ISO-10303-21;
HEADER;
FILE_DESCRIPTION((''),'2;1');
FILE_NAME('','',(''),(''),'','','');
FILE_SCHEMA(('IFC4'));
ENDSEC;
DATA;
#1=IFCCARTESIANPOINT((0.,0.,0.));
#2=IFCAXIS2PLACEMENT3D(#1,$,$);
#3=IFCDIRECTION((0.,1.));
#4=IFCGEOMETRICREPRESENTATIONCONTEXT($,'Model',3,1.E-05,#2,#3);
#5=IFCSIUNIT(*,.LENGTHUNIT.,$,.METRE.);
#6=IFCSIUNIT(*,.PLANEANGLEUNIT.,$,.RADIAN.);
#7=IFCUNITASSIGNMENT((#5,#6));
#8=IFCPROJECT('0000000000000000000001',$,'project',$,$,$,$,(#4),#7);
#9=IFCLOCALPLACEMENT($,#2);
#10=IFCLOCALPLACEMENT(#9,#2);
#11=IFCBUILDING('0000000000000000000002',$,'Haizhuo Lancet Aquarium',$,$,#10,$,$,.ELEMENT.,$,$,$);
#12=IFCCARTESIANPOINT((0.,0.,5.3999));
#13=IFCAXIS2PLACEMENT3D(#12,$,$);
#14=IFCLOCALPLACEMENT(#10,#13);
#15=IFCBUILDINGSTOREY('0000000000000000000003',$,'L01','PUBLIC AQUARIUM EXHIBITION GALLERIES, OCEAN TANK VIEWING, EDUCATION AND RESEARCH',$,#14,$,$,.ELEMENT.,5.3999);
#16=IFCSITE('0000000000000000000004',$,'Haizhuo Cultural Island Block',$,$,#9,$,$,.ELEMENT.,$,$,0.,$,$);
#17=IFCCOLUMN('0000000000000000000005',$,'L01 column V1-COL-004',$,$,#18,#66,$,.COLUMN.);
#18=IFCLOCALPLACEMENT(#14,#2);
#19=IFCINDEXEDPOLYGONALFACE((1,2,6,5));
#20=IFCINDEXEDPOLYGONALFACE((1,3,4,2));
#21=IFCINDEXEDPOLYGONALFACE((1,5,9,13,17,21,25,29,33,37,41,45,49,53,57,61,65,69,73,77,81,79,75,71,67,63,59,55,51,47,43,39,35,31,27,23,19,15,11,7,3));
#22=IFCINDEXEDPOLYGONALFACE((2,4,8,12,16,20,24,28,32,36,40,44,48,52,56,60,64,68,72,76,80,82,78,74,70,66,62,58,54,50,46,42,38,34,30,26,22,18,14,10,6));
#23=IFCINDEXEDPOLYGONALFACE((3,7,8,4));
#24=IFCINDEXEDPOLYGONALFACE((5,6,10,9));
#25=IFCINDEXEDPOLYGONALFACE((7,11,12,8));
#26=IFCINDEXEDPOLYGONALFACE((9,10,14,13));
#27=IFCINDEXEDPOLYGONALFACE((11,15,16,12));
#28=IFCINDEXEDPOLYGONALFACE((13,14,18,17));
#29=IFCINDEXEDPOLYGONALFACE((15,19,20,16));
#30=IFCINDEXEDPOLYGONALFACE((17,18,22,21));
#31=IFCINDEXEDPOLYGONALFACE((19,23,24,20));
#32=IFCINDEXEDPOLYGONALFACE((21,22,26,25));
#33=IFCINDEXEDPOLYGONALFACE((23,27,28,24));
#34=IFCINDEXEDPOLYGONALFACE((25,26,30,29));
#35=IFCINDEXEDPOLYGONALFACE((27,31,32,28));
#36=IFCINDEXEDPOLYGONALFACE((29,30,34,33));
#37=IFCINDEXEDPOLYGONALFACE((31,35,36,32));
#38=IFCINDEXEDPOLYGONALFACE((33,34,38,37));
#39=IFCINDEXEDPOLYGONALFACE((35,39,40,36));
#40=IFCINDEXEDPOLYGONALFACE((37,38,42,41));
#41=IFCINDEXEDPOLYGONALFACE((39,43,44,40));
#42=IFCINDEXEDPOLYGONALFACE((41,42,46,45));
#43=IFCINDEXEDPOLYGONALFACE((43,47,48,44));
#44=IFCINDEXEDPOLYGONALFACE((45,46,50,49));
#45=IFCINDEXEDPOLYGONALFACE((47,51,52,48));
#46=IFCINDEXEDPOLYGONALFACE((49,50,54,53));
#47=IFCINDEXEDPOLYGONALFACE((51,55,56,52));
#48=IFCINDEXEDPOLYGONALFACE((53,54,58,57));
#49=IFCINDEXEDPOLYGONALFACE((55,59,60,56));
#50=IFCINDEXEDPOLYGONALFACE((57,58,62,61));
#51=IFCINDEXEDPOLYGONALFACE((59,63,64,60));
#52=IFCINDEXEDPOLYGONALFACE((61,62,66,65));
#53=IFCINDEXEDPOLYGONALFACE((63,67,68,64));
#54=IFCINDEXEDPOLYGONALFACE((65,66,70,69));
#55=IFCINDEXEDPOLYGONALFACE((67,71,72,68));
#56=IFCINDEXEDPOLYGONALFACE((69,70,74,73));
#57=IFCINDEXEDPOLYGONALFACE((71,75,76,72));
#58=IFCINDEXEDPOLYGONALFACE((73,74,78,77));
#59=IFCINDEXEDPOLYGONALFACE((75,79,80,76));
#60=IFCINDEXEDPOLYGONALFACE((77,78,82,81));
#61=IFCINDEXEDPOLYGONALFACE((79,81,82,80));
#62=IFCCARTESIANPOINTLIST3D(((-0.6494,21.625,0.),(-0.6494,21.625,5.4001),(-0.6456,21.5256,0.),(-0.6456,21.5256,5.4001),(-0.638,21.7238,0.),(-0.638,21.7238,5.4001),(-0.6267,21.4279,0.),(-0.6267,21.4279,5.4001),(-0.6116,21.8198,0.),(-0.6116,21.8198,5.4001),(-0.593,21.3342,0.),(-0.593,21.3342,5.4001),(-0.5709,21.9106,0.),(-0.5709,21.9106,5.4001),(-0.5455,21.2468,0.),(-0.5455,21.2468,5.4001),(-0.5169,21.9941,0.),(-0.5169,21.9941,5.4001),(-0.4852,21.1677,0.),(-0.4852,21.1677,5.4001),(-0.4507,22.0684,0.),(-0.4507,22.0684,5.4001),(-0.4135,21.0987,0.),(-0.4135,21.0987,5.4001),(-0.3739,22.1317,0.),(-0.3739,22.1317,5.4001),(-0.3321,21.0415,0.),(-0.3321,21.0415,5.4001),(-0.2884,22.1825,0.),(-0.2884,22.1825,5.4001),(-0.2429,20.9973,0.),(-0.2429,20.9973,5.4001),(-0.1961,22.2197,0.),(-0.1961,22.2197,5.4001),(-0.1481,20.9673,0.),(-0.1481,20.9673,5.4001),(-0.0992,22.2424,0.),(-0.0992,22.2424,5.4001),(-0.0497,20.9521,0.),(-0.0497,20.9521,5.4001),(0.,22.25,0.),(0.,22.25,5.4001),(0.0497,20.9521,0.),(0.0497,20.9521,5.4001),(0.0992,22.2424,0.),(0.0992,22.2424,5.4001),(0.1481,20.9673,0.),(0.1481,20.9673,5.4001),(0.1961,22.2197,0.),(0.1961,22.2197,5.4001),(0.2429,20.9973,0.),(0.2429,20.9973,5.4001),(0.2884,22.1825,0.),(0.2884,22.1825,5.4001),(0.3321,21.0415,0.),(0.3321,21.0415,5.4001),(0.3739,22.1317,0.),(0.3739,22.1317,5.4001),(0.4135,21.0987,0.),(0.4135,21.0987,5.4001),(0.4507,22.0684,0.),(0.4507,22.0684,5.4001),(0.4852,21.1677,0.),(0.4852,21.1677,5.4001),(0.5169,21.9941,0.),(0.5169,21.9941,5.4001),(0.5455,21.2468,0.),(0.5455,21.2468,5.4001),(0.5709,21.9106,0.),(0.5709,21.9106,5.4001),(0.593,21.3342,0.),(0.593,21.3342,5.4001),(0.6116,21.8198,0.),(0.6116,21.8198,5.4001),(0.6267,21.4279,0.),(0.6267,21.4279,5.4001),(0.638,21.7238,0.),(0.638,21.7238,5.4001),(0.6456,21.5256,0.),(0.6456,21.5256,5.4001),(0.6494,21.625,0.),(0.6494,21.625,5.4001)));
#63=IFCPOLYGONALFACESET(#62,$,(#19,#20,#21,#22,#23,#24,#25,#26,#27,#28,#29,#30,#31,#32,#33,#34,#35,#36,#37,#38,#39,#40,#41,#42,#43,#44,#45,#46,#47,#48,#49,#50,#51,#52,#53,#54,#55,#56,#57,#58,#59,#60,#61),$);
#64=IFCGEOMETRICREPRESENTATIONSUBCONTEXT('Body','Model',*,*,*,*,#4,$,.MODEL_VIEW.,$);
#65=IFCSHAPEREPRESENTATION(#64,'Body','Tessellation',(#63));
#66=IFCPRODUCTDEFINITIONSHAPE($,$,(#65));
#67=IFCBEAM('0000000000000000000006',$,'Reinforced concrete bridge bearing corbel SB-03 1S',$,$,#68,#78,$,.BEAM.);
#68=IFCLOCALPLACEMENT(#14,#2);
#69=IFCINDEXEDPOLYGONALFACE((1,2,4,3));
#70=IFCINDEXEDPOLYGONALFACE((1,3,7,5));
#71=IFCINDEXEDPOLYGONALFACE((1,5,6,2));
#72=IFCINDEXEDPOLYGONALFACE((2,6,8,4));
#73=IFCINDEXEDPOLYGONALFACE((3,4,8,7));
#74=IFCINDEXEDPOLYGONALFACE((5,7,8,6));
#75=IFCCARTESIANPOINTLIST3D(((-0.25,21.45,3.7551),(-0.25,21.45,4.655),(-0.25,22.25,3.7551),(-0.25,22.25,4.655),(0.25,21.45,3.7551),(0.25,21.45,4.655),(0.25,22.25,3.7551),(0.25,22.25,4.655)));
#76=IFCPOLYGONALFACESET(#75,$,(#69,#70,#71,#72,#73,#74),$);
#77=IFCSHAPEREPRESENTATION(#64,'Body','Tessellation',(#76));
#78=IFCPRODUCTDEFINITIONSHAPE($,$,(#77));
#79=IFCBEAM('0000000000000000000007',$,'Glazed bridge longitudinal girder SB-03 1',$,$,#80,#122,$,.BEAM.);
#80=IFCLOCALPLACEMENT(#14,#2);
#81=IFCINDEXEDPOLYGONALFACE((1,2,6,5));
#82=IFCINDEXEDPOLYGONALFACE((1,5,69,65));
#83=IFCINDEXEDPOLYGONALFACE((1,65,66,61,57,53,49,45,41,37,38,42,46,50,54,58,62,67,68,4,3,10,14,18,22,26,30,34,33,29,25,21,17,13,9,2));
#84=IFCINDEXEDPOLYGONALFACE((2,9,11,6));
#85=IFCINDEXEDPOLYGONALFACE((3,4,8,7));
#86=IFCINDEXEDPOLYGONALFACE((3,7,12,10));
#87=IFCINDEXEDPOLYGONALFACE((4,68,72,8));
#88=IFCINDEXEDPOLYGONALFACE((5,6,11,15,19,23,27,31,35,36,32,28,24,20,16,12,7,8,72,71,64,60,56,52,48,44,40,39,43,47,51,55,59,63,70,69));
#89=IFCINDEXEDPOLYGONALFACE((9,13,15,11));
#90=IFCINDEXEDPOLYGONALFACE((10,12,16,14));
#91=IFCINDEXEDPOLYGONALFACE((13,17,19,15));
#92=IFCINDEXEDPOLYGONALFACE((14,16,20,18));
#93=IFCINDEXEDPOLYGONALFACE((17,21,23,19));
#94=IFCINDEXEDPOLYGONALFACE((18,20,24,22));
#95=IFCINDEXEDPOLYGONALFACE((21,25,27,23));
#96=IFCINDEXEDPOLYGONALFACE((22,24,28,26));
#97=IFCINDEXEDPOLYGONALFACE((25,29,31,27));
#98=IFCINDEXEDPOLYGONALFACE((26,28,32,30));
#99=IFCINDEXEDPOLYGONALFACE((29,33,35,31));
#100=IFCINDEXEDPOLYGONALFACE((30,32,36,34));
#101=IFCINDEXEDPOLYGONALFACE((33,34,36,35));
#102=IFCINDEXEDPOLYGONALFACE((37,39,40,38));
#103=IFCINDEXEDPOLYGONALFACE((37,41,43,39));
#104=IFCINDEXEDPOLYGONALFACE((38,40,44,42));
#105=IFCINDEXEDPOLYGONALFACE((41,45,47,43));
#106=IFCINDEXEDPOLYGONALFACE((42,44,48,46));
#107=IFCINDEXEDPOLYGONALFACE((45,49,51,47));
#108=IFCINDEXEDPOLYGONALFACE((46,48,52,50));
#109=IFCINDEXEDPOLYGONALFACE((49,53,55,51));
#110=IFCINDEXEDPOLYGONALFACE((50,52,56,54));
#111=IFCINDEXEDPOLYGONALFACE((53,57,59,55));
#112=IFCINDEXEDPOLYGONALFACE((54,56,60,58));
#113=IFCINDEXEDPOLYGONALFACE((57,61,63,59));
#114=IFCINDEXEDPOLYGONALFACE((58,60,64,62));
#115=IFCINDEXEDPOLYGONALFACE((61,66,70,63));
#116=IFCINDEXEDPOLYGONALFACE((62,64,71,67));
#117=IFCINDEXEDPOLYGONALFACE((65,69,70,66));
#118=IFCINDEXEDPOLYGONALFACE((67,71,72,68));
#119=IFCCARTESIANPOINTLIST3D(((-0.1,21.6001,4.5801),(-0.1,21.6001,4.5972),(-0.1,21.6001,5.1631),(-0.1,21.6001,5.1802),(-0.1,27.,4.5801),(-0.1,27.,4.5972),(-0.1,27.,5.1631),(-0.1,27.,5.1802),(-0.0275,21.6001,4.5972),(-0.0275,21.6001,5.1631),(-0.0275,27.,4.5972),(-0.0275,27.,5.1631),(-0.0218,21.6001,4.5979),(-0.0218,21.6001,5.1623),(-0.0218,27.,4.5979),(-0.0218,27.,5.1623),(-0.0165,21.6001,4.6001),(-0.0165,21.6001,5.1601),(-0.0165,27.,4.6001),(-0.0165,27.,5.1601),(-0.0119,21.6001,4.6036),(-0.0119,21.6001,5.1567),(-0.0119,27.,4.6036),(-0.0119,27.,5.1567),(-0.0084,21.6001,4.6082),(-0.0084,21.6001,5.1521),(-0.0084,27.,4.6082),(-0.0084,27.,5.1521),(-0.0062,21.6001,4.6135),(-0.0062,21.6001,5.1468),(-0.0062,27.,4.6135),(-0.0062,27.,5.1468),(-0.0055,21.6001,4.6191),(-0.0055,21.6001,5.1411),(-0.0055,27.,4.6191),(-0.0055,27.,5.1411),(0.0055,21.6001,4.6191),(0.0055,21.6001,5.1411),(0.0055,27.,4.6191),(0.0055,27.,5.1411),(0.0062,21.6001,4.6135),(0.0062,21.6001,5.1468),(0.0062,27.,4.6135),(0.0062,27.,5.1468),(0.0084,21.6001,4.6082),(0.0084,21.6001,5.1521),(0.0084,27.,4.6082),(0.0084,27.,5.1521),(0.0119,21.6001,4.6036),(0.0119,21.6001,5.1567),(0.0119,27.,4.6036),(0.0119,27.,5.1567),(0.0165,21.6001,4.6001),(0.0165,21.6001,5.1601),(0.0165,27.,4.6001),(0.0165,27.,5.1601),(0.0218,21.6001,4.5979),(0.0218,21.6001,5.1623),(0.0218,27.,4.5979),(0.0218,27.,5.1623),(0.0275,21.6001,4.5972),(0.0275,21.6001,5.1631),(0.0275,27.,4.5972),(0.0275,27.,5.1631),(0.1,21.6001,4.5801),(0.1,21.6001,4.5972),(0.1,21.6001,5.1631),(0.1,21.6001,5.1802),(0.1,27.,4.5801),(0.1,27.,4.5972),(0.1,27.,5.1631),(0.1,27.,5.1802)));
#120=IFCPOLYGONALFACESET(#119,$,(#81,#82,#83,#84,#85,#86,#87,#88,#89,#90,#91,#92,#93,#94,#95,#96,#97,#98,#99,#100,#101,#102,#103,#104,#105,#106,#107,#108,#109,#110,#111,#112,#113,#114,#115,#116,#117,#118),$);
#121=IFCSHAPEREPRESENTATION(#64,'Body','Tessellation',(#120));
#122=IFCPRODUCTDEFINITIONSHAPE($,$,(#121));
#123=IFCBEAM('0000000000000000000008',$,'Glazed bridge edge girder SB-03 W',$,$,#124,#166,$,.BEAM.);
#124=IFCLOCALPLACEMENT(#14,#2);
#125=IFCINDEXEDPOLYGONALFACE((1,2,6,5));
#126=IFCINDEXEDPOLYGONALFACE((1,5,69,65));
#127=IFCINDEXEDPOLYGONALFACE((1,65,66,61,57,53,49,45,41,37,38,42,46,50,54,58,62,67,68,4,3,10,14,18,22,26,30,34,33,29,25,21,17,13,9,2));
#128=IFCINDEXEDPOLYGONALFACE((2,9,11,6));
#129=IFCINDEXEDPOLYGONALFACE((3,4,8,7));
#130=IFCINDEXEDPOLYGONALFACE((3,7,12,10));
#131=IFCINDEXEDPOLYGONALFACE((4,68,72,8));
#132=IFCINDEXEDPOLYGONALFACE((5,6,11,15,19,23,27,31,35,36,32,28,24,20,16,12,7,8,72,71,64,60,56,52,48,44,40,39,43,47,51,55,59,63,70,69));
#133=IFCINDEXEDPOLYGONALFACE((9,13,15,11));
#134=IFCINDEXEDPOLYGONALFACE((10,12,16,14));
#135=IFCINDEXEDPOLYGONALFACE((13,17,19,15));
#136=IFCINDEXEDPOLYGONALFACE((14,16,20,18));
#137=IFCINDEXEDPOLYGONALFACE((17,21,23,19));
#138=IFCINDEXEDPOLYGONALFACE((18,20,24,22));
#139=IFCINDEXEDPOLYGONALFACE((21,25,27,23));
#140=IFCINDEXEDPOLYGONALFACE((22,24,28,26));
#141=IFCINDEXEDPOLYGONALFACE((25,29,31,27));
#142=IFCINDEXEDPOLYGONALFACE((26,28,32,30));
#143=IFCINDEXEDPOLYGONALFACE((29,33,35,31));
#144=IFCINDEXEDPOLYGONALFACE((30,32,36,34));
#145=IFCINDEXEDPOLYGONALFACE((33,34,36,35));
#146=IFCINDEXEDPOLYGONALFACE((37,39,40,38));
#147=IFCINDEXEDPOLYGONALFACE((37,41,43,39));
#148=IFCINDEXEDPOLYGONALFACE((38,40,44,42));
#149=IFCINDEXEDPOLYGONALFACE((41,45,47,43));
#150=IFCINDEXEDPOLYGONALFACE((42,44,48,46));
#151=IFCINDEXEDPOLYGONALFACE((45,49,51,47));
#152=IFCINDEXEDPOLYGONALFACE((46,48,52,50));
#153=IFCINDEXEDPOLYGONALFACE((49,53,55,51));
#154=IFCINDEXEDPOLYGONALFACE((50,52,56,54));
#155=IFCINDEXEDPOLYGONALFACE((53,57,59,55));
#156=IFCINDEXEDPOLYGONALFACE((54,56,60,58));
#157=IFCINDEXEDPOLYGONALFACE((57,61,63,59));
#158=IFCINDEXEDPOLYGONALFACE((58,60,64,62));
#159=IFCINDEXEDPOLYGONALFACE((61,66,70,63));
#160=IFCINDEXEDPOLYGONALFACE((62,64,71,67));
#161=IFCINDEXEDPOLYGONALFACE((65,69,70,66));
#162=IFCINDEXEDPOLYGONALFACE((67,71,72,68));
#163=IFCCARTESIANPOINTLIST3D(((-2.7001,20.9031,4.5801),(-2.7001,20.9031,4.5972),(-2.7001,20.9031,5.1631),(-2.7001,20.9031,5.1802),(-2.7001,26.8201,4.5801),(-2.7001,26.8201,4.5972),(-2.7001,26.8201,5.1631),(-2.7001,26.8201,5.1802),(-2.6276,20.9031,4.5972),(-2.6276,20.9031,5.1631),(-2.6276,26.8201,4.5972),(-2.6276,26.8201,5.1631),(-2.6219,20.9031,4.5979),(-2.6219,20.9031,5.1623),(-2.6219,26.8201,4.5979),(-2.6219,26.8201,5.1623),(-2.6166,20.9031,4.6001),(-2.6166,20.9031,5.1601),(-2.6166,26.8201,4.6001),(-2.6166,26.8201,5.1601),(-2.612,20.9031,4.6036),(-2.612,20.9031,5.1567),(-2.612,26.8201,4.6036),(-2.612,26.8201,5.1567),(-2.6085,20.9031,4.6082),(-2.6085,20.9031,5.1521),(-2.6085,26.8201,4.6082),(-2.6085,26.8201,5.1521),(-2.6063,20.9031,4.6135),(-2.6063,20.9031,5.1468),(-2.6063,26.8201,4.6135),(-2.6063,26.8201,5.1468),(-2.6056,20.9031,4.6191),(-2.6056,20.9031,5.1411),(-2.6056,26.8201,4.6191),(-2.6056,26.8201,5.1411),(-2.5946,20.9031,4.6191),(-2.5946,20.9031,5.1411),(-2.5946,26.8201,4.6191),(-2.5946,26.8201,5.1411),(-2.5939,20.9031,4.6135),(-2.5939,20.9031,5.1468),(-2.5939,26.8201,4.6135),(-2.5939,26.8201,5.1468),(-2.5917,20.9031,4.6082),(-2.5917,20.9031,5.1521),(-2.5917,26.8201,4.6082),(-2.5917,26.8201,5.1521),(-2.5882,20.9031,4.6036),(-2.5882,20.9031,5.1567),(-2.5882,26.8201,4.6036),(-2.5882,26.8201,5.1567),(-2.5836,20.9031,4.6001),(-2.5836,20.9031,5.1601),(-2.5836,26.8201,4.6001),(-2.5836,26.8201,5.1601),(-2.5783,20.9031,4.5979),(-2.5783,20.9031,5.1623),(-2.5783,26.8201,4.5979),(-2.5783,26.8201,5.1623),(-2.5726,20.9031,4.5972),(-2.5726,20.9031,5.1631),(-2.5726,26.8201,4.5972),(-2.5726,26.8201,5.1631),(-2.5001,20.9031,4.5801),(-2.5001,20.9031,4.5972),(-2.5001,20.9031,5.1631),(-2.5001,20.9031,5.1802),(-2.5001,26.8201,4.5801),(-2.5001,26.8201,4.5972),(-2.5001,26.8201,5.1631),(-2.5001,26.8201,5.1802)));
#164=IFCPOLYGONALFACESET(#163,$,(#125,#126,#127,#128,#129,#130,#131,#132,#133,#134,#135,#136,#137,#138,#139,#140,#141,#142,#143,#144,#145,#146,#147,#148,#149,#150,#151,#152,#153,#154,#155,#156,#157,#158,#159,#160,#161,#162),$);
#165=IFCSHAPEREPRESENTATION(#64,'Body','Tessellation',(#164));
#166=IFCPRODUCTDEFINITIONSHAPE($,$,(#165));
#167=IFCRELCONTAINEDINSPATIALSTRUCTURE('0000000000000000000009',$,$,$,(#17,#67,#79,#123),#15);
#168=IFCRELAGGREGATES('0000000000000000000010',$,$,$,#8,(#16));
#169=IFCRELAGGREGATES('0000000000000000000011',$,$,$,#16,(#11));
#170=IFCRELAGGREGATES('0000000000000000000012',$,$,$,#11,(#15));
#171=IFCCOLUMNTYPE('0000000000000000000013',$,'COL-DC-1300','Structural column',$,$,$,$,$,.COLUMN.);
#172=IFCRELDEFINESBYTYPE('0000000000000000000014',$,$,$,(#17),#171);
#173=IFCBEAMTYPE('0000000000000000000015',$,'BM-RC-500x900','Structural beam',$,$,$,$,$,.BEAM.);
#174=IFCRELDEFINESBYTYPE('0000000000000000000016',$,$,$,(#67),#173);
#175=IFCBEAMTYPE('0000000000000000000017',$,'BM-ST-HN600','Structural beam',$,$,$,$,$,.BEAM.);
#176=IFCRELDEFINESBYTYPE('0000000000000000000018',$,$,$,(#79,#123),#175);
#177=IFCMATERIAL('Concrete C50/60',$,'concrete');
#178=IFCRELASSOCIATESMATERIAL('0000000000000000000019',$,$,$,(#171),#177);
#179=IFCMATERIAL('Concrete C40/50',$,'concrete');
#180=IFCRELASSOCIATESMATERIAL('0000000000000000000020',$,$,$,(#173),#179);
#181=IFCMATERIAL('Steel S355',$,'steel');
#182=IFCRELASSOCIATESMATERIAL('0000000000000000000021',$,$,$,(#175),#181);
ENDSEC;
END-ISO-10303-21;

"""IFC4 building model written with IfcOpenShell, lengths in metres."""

from ifc_helpers import new_model, si_unit, direction, frame, origin, origin_2d, place, context, subcontext, project, spatial, rectangle, circle, i_section, extrude, material, material_profile, profile_set, type_object, element, save


model = new_model("IFC4")

# Units and contexts
model_context = context("Model", 3, precision=1e-05, world=origin(), true_north=direction((0.0, 1.0)))
body_context = subcontext(model_context, "Body", "Model", "MODEL_VIEW")
ifc_project = project(units=[si_unit("LENGTHUNIT", "METRE"), si_unit("PLANEANGLEUNIT", "RADIAN")], contexts=[model_context])

# Site, building, storey
site_placement = place(None, origin())
site = spatial("IfcSite", under=ifc_project, at=site_placement, Name="Haizhuo Cultural Island Block", CompositionType="ELEMENT", RefElevation=0.0)
building_placement = place(site_placement, origin())
building = spatial("IfcBuilding", under=site, at=building_placement, Name="Haizhuo Lancet Aquarium", CompositionType="ELEMENT")
storey_placement = place(building_placement, frame((0.0, 0.0, 5.3999)))
storey = spatial("IfcBuildingStorey", under=building, at=storey_placement, Name="L01", Description="PUBLIC AQUARIUM EXHIBITION GALLERIES, OCEAN TANK VIEWING, EDUCATION AND RESEARCH", CompositionType="ELEMENT", Elevation=5.3999)

# Column
ifc_material_1 = material(Name="Concrete C50/60", Category="concrete")
ifc_material_profile_1 = material_profile(ifc_material_1, circle(Radius=0.6499, at=origin_2d()), Name="RC-DC 1300")
ifc_profile_set_1 = profile_set([ifc_material_profile_1], Name="Concrete C50/60")
column_type = type_object("IfcColumnType", Name="COL-DC-1300", Description="Structural column", PredefinedType="COLUMN", material=ifc_profile_set_1)
column_placement = place(storey_placement, frame((0.0, 21.6001, 0.0), z_axis=(0.0, 0.0, 1.0), x_axis=(0.0, 1.0, 0.0)))
element("IfcColumn", 1, at=column_placement, inside=storey, type_object=column_type, Name="L01 column V1-COL-004", PredefinedType="COLUMN", context=body_context, shape_type="SweptSolid", body=[
    extrude(circle(Radius=0.6499, at=origin_2d()), origin(), (0.0, 0.0, 1.0), 5.4001),
])

# Beams
ifc_material_2 = material(Name="Concrete C40/50", Category="concrete")
ifc_material_profile_2 = material_profile(ifc_material_2, rectangle(XDim=0.5, YDim=0.8999, at=origin_2d()), Name="RC-BM 500x900")
ifc_profile_set_2 = profile_set([ifc_material_profile_2], Name="Concrete C40/50")
beam_type_1 = type_object("IfcBeamType", Name="BM-RC-500x900", Description="Structural beam", PredefinedType="BEAM", material=ifc_profile_set_2)
beam_1_placement = place(storey_placement, frame((0.0, 21.45, 4.2051), z_axis=(0.0, 1.0, 0.0), x_axis=(-1.0, 0.0, 0.0)))
element("IfcBeam", 2, at=beam_1_placement, inside=storey, type_object=beam_type_1, Name="Reinforced concrete bridge bearing corbel SB-03 1S", PredefinedType="BEAM", context=body_context, shape_type="SweptSolid", body=[
    extrude(rectangle(XDim=0.5, YDim=0.8999, at=origin_2d()), origin(), (0.0, 0.0, 1.0), 0.8),
])
ifc_material_3 = material(Name="Steel S355", Category="steel")
ifc_material_profile_3 = material_profile(ifc_material_3, i_section(OverallWidth=0.2, OverallDepth=0.6001, WebThickness=0.011, FlangeThickness=0.0171, FilletRadius=0.022, at=origin_2d()), Name="HN 600x200x11x17")
ifc_profile_set_3 = profile_set([ifc_material_profile_3], Name="Steel S355")
beam_type_2 = type_object("IfcBeamType", Name="BM-ST-HN600", Description="Structural beam", PredefinedType="BEAM", material=ifc_profile_set_3)
beam_2_placement = place(storey_placement, frame((0.0, 21.6001, 4.8801), z_axis=(0.0, 1.0, 0.0), x_axis=(-1.0, 0.0, 0.0)))
element("IfcBeam", 3, at=beam_2_placement, inside=storey, type_object=beam_type_2, Name="Glazed bridge longitudinal girder SB-03 1", PredefinedType="BEAM", context=body_context, shape_type="SweptSolid", body=[
    extrude(i_section(OverallWidth=0.2, OverallDepth=0.6001, WebThickness=0.011, FlangeThickness=0.0171, FilletRadius=0.022, at=origin_2d()), origin(), (0.0, 0.0, 1.0), 5.3999),
])
for number, where, z_axis, x_axis, name in (
    (4, (-2.6001, 20.9031, 4.8801), (0.0, 1.0, 0.0), (-1.0, 0.0, 0.0), "Glazed bridge edge girder SB-03 W"),
):
    element("IfcBeam", number, at=place(storey_placement, frame(where, z_axis=z_axis, x_axis=x_axis)), inside=storey, type_object=beam_type_2, Name=name, PredefinedType="BEAM", context=body_context, shape_type="SweptSolid", body=[
        extrude(i_section(OverallWidth=0.2, OverallDepth=0.6001, WebThickness=0.011, FlangeThickness=0.0171, FilletRadius=0.022, at=origin_2d()), origin(), (0.0, 0.0, 1.0), 5.917),
    ])

save(model, "model.ifc")
